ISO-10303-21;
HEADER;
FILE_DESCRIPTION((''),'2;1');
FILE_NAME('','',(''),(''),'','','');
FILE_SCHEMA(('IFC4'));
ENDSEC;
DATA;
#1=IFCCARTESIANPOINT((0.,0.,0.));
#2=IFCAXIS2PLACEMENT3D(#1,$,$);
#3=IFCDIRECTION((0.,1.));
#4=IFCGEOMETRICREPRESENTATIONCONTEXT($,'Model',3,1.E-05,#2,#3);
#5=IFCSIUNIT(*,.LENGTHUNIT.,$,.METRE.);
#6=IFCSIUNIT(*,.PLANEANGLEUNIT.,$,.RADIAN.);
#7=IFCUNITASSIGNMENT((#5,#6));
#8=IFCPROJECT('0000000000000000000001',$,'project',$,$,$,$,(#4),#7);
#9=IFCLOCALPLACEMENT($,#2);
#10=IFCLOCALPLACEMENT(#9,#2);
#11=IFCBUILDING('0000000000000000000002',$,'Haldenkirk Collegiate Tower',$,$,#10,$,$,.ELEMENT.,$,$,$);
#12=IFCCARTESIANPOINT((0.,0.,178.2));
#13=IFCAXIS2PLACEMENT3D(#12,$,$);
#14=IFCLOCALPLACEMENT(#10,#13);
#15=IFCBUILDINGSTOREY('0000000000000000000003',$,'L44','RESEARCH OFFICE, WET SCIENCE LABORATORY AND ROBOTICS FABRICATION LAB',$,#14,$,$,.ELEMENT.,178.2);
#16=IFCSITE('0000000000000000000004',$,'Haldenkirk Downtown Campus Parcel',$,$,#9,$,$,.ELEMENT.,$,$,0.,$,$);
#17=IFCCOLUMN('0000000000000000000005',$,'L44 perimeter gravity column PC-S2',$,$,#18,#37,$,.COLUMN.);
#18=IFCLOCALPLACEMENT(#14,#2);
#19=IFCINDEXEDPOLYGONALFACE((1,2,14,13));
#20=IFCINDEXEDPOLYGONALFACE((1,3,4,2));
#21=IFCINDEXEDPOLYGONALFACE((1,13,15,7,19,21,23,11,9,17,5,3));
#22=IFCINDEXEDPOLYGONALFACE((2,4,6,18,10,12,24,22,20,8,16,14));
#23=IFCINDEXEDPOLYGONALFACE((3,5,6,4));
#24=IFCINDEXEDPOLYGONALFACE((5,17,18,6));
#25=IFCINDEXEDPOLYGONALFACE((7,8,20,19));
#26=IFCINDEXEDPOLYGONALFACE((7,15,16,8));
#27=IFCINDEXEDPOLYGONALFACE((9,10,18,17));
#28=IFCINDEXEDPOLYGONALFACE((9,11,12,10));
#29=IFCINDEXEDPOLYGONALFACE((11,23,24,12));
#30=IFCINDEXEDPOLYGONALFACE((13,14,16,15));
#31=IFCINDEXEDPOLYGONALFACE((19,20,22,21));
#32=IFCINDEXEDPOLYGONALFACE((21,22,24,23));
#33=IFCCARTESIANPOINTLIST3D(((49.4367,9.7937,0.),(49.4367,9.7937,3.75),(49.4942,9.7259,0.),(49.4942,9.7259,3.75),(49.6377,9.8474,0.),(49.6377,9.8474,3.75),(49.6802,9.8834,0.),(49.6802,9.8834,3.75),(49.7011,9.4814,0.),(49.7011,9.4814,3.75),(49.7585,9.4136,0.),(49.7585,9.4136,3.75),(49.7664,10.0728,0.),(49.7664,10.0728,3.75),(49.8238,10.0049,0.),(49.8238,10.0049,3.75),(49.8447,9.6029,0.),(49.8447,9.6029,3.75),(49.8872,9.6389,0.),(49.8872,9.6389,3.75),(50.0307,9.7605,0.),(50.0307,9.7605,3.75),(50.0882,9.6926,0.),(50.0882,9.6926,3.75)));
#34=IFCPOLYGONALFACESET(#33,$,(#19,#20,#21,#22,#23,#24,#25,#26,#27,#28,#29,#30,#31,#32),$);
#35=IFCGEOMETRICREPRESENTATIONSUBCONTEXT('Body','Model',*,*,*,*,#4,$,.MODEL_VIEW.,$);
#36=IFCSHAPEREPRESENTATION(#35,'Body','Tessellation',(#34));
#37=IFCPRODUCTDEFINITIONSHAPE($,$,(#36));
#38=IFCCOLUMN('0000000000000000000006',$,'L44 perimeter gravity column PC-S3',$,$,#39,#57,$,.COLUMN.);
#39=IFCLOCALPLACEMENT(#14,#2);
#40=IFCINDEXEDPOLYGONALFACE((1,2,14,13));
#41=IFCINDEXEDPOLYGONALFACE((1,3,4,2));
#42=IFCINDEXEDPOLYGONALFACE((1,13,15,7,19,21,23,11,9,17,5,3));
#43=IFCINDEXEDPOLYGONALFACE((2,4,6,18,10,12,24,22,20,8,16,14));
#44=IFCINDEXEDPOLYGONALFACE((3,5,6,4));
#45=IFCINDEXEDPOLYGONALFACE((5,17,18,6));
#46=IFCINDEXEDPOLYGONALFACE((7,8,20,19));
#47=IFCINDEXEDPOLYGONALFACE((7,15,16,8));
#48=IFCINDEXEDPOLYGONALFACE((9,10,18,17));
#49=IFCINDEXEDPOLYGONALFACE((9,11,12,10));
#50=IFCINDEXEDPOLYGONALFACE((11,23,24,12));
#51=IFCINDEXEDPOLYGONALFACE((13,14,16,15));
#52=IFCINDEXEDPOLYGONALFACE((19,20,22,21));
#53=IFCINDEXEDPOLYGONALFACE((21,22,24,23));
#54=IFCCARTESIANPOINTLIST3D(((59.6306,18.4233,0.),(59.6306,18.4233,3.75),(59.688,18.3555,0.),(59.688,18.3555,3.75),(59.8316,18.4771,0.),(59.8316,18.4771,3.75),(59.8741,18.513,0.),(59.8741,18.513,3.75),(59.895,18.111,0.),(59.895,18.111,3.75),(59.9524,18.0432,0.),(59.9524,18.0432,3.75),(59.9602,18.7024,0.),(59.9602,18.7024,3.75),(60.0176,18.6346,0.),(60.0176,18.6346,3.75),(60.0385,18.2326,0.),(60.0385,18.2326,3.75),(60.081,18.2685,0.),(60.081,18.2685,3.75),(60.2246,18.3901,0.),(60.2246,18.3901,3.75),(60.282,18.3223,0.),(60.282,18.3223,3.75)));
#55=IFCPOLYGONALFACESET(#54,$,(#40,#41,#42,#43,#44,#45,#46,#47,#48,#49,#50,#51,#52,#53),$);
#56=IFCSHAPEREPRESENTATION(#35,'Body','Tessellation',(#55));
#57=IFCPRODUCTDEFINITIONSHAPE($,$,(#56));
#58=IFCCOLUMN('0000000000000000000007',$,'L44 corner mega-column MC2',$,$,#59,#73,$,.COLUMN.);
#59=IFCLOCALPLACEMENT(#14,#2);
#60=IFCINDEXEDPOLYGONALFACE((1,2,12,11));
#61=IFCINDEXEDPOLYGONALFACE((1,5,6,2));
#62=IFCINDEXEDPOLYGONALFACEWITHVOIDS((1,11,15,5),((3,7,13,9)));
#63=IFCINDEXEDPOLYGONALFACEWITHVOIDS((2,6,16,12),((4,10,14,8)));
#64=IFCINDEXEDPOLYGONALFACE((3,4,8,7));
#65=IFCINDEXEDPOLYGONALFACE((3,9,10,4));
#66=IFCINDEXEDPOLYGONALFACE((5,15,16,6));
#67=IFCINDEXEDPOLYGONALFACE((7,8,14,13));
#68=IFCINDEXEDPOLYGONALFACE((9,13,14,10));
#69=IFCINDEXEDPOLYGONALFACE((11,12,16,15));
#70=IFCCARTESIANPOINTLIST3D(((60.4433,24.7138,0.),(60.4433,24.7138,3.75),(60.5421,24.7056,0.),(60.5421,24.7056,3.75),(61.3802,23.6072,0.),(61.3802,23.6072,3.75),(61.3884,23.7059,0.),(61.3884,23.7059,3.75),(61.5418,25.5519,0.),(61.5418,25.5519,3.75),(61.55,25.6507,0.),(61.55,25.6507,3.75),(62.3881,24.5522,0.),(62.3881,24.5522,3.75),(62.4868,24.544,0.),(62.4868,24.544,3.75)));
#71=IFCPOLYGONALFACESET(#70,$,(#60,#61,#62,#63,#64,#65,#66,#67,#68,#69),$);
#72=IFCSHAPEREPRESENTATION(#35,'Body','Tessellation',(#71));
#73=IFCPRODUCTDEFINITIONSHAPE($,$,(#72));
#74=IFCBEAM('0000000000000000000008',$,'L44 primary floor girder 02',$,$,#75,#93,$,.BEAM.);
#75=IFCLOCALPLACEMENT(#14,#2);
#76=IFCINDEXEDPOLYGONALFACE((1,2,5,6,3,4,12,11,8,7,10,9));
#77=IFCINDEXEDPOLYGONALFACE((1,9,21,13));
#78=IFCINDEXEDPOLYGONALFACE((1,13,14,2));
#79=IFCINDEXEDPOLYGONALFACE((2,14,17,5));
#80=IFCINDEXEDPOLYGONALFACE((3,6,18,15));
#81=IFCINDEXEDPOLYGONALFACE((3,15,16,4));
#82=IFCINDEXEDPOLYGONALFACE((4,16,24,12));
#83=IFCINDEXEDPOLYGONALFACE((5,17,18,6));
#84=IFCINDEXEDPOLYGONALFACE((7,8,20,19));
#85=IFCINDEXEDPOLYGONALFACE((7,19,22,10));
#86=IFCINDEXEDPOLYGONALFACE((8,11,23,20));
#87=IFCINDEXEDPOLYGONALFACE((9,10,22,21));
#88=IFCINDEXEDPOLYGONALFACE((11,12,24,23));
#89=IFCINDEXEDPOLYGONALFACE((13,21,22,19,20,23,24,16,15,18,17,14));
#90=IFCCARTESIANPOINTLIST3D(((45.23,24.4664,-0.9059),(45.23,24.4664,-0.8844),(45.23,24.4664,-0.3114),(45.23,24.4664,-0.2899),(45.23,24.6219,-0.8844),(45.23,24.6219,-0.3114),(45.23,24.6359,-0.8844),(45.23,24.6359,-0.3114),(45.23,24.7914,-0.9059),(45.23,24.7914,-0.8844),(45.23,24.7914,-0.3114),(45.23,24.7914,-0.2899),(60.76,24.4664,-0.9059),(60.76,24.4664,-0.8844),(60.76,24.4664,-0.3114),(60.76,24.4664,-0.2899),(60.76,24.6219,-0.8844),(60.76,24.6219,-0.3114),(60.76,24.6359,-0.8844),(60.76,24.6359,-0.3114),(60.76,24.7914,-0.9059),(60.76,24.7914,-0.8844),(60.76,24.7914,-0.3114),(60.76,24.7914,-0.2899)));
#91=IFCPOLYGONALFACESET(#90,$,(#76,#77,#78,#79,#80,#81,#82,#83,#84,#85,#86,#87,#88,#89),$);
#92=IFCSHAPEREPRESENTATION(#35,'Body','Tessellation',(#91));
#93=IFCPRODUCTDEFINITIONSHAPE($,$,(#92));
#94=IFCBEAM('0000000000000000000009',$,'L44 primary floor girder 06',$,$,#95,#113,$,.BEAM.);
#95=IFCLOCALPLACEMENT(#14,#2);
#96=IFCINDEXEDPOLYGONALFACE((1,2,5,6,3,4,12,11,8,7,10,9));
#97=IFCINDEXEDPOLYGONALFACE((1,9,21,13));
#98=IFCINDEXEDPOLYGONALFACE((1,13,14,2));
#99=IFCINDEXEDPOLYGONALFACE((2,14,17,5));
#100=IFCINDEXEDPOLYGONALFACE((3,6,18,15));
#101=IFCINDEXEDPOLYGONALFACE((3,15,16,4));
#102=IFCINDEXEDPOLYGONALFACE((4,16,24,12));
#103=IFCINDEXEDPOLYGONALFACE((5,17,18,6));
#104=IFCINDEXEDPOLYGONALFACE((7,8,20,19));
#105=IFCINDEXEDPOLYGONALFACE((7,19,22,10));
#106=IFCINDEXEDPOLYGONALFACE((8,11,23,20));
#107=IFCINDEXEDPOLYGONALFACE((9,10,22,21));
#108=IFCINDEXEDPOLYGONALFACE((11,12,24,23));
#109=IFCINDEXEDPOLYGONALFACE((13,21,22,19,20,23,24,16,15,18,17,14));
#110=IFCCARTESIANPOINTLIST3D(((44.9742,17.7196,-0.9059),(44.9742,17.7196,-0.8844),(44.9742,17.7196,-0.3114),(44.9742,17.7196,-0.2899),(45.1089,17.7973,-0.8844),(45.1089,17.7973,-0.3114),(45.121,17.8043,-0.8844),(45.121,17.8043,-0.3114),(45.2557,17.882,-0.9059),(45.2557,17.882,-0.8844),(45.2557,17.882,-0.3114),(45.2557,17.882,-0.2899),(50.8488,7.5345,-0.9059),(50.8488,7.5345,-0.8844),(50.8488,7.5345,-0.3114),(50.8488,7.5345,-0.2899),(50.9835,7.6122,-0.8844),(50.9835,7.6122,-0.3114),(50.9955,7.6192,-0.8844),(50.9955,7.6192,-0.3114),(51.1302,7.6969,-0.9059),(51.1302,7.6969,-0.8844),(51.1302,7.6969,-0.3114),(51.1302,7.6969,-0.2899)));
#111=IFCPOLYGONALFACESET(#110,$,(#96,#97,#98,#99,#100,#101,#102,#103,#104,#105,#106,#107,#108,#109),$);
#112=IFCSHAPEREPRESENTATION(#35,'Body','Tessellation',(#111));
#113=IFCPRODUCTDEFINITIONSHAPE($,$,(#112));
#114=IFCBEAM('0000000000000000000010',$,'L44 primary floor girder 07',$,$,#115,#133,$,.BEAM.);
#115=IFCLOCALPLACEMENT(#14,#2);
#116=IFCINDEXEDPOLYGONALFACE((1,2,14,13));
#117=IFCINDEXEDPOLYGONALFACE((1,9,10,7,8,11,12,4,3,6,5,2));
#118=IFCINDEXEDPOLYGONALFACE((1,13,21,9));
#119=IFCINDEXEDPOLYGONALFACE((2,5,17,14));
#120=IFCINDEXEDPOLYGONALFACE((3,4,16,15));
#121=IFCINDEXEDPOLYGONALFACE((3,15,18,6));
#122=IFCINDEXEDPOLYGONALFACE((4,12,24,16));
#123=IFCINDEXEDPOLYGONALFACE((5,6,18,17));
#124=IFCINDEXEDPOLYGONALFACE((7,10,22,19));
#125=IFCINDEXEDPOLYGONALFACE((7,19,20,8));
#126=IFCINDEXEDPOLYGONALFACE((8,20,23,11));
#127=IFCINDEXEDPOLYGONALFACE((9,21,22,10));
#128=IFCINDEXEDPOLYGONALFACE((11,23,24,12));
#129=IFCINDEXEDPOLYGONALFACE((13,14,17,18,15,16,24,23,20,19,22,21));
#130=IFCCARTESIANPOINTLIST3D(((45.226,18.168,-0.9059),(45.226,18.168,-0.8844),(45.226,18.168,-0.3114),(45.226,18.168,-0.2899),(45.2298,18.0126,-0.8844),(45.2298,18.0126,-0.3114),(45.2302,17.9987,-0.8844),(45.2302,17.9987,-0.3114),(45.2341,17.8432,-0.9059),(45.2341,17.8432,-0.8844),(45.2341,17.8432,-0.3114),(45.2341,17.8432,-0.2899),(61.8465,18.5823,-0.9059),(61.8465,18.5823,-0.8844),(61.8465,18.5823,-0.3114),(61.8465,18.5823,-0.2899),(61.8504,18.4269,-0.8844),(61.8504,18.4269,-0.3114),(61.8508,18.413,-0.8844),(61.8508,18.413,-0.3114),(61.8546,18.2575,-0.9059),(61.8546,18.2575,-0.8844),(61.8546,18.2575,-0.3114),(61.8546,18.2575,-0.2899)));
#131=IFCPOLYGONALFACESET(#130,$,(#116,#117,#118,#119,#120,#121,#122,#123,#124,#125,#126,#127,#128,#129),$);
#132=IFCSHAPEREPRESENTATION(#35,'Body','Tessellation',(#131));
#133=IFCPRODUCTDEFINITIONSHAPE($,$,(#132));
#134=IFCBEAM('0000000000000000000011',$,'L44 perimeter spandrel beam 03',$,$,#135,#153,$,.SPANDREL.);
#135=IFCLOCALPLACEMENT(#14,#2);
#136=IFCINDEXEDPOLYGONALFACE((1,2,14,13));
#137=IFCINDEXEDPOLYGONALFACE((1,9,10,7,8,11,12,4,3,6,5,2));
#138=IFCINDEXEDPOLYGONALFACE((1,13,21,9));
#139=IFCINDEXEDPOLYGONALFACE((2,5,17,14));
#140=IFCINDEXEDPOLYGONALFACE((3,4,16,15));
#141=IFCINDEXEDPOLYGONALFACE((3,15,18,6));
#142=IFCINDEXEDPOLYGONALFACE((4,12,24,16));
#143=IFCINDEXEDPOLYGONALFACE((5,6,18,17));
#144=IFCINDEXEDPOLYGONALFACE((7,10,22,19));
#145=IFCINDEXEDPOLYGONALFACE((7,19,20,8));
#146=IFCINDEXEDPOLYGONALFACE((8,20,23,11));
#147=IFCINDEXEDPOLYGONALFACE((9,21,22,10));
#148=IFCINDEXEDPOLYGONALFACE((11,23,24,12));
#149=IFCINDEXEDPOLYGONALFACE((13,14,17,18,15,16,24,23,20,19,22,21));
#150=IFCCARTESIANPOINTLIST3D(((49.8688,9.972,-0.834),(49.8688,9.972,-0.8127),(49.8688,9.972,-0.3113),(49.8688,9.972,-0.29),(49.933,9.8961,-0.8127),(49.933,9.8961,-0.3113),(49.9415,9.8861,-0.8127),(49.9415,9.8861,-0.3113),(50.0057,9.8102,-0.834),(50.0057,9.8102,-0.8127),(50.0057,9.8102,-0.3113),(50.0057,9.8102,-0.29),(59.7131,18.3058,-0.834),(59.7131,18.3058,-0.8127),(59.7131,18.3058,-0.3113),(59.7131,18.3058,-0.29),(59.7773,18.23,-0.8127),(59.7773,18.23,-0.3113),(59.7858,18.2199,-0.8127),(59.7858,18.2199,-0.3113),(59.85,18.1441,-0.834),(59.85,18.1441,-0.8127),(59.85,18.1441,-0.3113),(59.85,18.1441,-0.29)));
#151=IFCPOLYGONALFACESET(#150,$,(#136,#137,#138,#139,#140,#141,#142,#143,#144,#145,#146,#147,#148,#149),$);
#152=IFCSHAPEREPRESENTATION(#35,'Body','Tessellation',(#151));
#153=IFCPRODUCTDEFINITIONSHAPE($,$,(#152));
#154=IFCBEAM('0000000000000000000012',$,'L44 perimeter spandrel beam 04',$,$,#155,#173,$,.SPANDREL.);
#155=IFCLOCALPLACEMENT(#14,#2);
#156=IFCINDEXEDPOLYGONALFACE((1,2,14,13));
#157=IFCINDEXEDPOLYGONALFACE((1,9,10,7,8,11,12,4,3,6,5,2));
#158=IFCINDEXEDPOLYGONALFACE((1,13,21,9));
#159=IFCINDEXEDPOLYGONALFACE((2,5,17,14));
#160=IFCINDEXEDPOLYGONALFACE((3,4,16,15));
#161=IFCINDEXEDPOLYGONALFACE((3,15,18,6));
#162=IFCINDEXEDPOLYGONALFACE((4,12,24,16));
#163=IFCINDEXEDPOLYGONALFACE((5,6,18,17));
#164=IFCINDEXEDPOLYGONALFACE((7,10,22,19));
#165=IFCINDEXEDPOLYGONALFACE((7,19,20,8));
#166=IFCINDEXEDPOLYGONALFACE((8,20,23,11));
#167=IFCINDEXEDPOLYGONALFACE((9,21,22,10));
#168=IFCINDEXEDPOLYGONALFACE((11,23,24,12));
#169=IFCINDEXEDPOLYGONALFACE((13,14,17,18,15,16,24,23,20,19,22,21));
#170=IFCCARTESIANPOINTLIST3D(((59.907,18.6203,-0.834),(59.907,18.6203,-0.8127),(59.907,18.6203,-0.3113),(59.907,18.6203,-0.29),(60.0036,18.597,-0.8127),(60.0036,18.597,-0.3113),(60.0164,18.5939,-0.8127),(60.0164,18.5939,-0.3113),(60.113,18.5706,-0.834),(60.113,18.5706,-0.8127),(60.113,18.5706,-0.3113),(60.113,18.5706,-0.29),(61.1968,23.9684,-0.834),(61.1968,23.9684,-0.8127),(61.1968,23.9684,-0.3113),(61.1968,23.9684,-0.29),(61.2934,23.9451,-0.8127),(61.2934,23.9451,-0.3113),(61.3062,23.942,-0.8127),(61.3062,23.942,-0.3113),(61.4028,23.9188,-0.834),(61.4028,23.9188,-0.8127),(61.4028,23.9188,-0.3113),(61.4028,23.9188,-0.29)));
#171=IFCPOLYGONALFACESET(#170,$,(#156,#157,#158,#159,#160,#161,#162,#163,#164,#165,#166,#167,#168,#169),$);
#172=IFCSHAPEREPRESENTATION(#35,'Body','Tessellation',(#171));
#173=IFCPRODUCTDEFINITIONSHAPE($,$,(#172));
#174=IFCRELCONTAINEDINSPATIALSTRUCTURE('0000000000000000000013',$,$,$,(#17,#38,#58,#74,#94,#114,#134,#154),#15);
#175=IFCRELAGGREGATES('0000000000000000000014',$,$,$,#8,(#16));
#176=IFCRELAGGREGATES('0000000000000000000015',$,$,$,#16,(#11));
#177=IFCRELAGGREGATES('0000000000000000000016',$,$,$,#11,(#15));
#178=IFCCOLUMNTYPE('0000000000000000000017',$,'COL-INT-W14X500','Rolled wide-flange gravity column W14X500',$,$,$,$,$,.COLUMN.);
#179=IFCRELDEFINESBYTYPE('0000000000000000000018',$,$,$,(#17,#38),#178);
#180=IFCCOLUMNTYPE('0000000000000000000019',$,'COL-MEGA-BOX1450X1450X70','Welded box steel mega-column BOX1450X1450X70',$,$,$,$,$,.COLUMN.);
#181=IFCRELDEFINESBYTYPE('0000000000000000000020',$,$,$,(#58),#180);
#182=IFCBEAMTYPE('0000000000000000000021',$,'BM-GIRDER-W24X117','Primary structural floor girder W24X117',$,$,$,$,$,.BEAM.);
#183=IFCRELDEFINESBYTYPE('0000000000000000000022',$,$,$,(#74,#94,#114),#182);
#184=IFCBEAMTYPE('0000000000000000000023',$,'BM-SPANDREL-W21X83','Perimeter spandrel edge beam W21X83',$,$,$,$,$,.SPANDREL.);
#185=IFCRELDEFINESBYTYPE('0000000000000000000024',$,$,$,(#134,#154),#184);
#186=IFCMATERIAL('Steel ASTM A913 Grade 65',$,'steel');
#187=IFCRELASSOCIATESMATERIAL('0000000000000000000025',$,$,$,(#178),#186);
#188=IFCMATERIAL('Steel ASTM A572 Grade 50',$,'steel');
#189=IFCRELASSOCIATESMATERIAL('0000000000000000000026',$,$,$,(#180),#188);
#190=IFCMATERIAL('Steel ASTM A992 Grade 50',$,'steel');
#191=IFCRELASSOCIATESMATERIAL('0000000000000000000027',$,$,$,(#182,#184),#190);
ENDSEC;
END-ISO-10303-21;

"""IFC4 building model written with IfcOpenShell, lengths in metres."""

from ifc_helpers import new_model, si_unit, direction, frame, origin, origin_2d, place, context, subcontext, project, spatial, hollow_rectangle, i_section, extrude, material, material_profile, profile_set, type_object, element, save


model = new_model("IFC4")

# Units and contexts
model_context = context("Model", 3, precision=1e-05, world=origin(), true_north=direction((0.0, 1.0)))
body_context = subcontext(model_context, "Body", "Model", "MODEL_VIEW")
ifc_project = project(units=[si_unit("LENGTHUNIT", "METRE"), si_unit("PLANEANGLEUNIT", "RADIAN")], contexts=[model_context])

# Site, building, storey
site_placement = place(None, origin())
site = spatial("IfcSite", under=ifc_project, at=site_placement, Name="Haldenkirk Downtown Campus Parcel", CompositionType="ELEMENT", RefElevation=0.0)
building_placement = place(site_placement, origin())
building = spatial("IfcBuilding", under=site, at=building_placement, Name="Haldenkirk Collegiate Tower", CompositionType="ELEMENT")
storey_placement = place(building_placement, frame((0.0, 0.0, 178.2)))
storey = spatial("IfcBuildingStorey", under=building, at=storey_placement, Name="L44", Description="RESEARCH OFFICE, WET SCIENCE LABORATORY AND ROBOTICS FABRICATION LAB", CompositionType="ELEMENT", Elevation=178.2)

# Columns
ifc_material_1 = material(Name="Steel ASTM A913 Grade 65", Category="steel")
ifc_material_profile_1 = material_profile(ifc_material_1, i_section(OverallWidth=0.4319, OverallDepth=0.498, WebThickness=0.0557, FlangeThickness=0.0889, at=origin_2d()), Name="W14X500")
ifc_profile_set_1 = profile_set([ifc_material_profile_1], Name="Steel ASTM A913 Grade 65")
column_type_1 = type_object("IfcColumnType", Name="COL-INT-W14X500", Description="Rolled wide-flange gravity column W14X500", PredefinedType="COLUMN", material=ifc_profile_set_1)
for number, where, z_axis, x_axis, name in (
    (1, (49.7625, 9.7432, 0.0), (0.0, 0.0, 1.0), (0.763232, 0.646124, 0.0), "L44 perimeter gravity column PC-S2"),
    (2, (59.9563, 18.3728, 0.0), (0.0, 0.0, 1.0), (0.763232, 0.646124, 0.0), "L44 perimeter gravity column PC-S3"),
):
    element("IfcColumn", number, at=place(storey_placement, frame(where, z_axis=z_axis, x_axis=x_axis)), inside=storey, type_object=column_type_1, Name=name, PredefinedType="COLUMN", context=body_context, shape_type="SweptSolid", body=[
        extrude(i_section(OverallWidth=0.4319, OverallDepth=0.498, WebThickness=0.0557, FlangeThickness=0.0889, at=origin_2d()), origin(), (0.0, 0.0, 1.0), 3.75),
    ])
ifc_material_2 = material(Name="Steel ASTM A572 Grade 50", Category="steel")
ifc_material_profile_2 = material_profile(ifc_material_2, hollow_rectangle(XDim=1.45, YDim=1.45, WallThickness=0.0701, at=origin_2d()), Name="BOX1450X1450X70")
ifc_profile_set_2 = profile_set([ifc_material_profile_2], Name="Steel ASTM A572 Grade 50")
column_type_2 = type_object("IfcColumnType", Name="COL-MEGA-BOX1450X1450X70", Description="Welded box steel mega-column BOX1450X1450X70", PredefinedType="COLUMN", material=ifc_profile_set_2)
column_placement = place(storey_placement, frame((61.4651, 24.6289, 0.0), z_axis=(0.0, 0.0, 1.0), x_axis=(0.763232, 0.646124, 0.0)))
element("IfcColumn", 3, at=column_placement, inside=storey, type_object=column_type_2, Name="L44 corner mega-column MC2", PredefinedType="COLUMN", context=body_context, shape_type="SweptSolid", body=[
    extrude(hollow_rectangle(XDim=1.45, YDim=1.45, WallThickness=0.0701, at=origin_2d()), origin(), (0.0, 0.0, 1.0), 3.75),
])

# Beams
ifc_material_3 = material(Name="Steel ASTM A992 Grade 50", Category="steel")
ifc_material_profile_3 = material_profile(ifc_material_3, i_section(OverallWidth=0.325, OverallDepth=0.616, WebThickness=0.0139, FlangeThickness=0.0215, at=origin_2d()), Name="W24X117")
ifc_profile_set_3 = profile_set([ifc_material_profile_3], Name="Steel ASTM A992 Grade 50")
beam_type_1 = type_object("IfcBeamType", Name="BM-GIRDER-W24X117", Description="Primary structural floor girder W24X117", PredefinedType="BEAM", material=ifc_profile_set_3)
beam_1_placement = place(storey_placement, frame((60.76, 24.6289, -0.5979), z_axis=(-1.0, 0.0, 0.0), x_axis=(0.0, -1.0, 0.0)))
element("IfcBeam", 4, at=beam_1_placement, inside=storey, type_object=beam_type_1, Name="L44 primary floor girder 02", PredefinedType="BEAM", context=body_context, shape_type="SweptSolid", body=[
    extrude(i_section(OverallWidth=0.325, OverallDepth=0.616, WebThickness=0.0139, FlangeThickness=0.0215, at=origin_2d()), origin(), (0.0, 0.0, 1.0), 15.53),
])
beam_2_placement = place(storey_placement, frame((50.9895, 7.6157, -0.5979), z_axis=(-0.499628, 0.86624, 0.0), x_axis=(-0.86624, -0.499628, 0.0)))
element("IfcBeam", 5, at=beam_2_placement, inside=storey, type_object=beam_type_1, Name="L44 primary floor girder 06", PredefinedType="BEAM", context=body_context, shape_type="SweptSolid", body=[
    extrude(i_section(OverallWidth=0.325, OverallDepth=0.616, WebThickness=0.0139, FlangeThickness=0.0215, at=origin_2d()), origin(), (0.0, 0.0, 1.0), 11.7578),
])
beam_3_placement = place(storey_placement, frame((61.8506, 18.4199, -0.5979), z_axis=(-0.999689, -0.02492, 0.0), x_axis=(0.02492, -0.999689, 0.0)))
element("IfcBeam", 6, at=beam_3_placement, inside=storey, type_object=beam_type_1, Name="L44 primary floor girder 07", PredefinedType="BEAM", context=body_context, shape_type="SweptSolid", body=[
    extrude(i_section(OverallWidth=0.325, OverallDepth=0.616, WebThickness=0.0139, FlangeThickness=0.0215, at=origin_2d()), origin(), (0.0, 0.0, 1.0), 16.6257),
])
ifc_material_profile_4 = material_profile(ifc_material_3, i_section(OverallWidth=0.2119, OverallDepth=0.5439, WebThickness=0.0132, FlangeThickness=0.0212, at=origin_2d()), Name="W21X83")
ifc_profile_set_4 = profile_set([ifc_material_profile_4], Name="Steel ASTM A992 Grade 50")
beam_type_2 = type_object("IfcBeamType", Name="BM-SPANDREL-W21X83", Description="Perimeter spandrel edge beam W21X83", PredefinedType="SPANDREL", material=ifc_profile_set_4)
beam_4_placement = place(storey_placement, frame((49.9373, 9.8911, -0.562), z_axis=(0.763233, 0.646123, 0.0), x_axis=(-0.646123, 0.763233, 0.0)))
element("IfcBeam", 7, at=beam_4_placement, inside=storey, type_object=beam_type_2, Name="L44 perimeter spandrel beam 03", PredefinedType="SPANDREL", context=body_context, shape_type="SweptSolid", body=[
    extrude(i_section(OverallWidth=0.2119, OverallDepth=0.5439, WebThickness=0.0132, FlangeThickness=0.0212, at=origin_2d()), origin(), (0.0, 0.0, 1.0), 12.8982),
])
beam_5_placement = place(storey_placement, frame((60.01, 18.5955, -0.562), z_axis=(0.234445, 0.972129, 0.0), x_axis=(-0.972129, 0.234445, 0.0)))
element("IfcBeam", 8, at=beam_5_placement, inside=storey, type_object=beam_type_2, Name="L44 perimeter spandrel beam 04", PredefinedType="SPANDREL", context=body_context, shape_type="SweptSolid", body=[
    extrude(i_section(OverallWidth=0.2119, OverallDepth=0.5439, WebThickness=0.0132, FlangeThickness=0.0212, at=origin_2d()), origin(), (0.0, 0.0, 1.0), 5.5015),
])

save(model, "model.ifc")
